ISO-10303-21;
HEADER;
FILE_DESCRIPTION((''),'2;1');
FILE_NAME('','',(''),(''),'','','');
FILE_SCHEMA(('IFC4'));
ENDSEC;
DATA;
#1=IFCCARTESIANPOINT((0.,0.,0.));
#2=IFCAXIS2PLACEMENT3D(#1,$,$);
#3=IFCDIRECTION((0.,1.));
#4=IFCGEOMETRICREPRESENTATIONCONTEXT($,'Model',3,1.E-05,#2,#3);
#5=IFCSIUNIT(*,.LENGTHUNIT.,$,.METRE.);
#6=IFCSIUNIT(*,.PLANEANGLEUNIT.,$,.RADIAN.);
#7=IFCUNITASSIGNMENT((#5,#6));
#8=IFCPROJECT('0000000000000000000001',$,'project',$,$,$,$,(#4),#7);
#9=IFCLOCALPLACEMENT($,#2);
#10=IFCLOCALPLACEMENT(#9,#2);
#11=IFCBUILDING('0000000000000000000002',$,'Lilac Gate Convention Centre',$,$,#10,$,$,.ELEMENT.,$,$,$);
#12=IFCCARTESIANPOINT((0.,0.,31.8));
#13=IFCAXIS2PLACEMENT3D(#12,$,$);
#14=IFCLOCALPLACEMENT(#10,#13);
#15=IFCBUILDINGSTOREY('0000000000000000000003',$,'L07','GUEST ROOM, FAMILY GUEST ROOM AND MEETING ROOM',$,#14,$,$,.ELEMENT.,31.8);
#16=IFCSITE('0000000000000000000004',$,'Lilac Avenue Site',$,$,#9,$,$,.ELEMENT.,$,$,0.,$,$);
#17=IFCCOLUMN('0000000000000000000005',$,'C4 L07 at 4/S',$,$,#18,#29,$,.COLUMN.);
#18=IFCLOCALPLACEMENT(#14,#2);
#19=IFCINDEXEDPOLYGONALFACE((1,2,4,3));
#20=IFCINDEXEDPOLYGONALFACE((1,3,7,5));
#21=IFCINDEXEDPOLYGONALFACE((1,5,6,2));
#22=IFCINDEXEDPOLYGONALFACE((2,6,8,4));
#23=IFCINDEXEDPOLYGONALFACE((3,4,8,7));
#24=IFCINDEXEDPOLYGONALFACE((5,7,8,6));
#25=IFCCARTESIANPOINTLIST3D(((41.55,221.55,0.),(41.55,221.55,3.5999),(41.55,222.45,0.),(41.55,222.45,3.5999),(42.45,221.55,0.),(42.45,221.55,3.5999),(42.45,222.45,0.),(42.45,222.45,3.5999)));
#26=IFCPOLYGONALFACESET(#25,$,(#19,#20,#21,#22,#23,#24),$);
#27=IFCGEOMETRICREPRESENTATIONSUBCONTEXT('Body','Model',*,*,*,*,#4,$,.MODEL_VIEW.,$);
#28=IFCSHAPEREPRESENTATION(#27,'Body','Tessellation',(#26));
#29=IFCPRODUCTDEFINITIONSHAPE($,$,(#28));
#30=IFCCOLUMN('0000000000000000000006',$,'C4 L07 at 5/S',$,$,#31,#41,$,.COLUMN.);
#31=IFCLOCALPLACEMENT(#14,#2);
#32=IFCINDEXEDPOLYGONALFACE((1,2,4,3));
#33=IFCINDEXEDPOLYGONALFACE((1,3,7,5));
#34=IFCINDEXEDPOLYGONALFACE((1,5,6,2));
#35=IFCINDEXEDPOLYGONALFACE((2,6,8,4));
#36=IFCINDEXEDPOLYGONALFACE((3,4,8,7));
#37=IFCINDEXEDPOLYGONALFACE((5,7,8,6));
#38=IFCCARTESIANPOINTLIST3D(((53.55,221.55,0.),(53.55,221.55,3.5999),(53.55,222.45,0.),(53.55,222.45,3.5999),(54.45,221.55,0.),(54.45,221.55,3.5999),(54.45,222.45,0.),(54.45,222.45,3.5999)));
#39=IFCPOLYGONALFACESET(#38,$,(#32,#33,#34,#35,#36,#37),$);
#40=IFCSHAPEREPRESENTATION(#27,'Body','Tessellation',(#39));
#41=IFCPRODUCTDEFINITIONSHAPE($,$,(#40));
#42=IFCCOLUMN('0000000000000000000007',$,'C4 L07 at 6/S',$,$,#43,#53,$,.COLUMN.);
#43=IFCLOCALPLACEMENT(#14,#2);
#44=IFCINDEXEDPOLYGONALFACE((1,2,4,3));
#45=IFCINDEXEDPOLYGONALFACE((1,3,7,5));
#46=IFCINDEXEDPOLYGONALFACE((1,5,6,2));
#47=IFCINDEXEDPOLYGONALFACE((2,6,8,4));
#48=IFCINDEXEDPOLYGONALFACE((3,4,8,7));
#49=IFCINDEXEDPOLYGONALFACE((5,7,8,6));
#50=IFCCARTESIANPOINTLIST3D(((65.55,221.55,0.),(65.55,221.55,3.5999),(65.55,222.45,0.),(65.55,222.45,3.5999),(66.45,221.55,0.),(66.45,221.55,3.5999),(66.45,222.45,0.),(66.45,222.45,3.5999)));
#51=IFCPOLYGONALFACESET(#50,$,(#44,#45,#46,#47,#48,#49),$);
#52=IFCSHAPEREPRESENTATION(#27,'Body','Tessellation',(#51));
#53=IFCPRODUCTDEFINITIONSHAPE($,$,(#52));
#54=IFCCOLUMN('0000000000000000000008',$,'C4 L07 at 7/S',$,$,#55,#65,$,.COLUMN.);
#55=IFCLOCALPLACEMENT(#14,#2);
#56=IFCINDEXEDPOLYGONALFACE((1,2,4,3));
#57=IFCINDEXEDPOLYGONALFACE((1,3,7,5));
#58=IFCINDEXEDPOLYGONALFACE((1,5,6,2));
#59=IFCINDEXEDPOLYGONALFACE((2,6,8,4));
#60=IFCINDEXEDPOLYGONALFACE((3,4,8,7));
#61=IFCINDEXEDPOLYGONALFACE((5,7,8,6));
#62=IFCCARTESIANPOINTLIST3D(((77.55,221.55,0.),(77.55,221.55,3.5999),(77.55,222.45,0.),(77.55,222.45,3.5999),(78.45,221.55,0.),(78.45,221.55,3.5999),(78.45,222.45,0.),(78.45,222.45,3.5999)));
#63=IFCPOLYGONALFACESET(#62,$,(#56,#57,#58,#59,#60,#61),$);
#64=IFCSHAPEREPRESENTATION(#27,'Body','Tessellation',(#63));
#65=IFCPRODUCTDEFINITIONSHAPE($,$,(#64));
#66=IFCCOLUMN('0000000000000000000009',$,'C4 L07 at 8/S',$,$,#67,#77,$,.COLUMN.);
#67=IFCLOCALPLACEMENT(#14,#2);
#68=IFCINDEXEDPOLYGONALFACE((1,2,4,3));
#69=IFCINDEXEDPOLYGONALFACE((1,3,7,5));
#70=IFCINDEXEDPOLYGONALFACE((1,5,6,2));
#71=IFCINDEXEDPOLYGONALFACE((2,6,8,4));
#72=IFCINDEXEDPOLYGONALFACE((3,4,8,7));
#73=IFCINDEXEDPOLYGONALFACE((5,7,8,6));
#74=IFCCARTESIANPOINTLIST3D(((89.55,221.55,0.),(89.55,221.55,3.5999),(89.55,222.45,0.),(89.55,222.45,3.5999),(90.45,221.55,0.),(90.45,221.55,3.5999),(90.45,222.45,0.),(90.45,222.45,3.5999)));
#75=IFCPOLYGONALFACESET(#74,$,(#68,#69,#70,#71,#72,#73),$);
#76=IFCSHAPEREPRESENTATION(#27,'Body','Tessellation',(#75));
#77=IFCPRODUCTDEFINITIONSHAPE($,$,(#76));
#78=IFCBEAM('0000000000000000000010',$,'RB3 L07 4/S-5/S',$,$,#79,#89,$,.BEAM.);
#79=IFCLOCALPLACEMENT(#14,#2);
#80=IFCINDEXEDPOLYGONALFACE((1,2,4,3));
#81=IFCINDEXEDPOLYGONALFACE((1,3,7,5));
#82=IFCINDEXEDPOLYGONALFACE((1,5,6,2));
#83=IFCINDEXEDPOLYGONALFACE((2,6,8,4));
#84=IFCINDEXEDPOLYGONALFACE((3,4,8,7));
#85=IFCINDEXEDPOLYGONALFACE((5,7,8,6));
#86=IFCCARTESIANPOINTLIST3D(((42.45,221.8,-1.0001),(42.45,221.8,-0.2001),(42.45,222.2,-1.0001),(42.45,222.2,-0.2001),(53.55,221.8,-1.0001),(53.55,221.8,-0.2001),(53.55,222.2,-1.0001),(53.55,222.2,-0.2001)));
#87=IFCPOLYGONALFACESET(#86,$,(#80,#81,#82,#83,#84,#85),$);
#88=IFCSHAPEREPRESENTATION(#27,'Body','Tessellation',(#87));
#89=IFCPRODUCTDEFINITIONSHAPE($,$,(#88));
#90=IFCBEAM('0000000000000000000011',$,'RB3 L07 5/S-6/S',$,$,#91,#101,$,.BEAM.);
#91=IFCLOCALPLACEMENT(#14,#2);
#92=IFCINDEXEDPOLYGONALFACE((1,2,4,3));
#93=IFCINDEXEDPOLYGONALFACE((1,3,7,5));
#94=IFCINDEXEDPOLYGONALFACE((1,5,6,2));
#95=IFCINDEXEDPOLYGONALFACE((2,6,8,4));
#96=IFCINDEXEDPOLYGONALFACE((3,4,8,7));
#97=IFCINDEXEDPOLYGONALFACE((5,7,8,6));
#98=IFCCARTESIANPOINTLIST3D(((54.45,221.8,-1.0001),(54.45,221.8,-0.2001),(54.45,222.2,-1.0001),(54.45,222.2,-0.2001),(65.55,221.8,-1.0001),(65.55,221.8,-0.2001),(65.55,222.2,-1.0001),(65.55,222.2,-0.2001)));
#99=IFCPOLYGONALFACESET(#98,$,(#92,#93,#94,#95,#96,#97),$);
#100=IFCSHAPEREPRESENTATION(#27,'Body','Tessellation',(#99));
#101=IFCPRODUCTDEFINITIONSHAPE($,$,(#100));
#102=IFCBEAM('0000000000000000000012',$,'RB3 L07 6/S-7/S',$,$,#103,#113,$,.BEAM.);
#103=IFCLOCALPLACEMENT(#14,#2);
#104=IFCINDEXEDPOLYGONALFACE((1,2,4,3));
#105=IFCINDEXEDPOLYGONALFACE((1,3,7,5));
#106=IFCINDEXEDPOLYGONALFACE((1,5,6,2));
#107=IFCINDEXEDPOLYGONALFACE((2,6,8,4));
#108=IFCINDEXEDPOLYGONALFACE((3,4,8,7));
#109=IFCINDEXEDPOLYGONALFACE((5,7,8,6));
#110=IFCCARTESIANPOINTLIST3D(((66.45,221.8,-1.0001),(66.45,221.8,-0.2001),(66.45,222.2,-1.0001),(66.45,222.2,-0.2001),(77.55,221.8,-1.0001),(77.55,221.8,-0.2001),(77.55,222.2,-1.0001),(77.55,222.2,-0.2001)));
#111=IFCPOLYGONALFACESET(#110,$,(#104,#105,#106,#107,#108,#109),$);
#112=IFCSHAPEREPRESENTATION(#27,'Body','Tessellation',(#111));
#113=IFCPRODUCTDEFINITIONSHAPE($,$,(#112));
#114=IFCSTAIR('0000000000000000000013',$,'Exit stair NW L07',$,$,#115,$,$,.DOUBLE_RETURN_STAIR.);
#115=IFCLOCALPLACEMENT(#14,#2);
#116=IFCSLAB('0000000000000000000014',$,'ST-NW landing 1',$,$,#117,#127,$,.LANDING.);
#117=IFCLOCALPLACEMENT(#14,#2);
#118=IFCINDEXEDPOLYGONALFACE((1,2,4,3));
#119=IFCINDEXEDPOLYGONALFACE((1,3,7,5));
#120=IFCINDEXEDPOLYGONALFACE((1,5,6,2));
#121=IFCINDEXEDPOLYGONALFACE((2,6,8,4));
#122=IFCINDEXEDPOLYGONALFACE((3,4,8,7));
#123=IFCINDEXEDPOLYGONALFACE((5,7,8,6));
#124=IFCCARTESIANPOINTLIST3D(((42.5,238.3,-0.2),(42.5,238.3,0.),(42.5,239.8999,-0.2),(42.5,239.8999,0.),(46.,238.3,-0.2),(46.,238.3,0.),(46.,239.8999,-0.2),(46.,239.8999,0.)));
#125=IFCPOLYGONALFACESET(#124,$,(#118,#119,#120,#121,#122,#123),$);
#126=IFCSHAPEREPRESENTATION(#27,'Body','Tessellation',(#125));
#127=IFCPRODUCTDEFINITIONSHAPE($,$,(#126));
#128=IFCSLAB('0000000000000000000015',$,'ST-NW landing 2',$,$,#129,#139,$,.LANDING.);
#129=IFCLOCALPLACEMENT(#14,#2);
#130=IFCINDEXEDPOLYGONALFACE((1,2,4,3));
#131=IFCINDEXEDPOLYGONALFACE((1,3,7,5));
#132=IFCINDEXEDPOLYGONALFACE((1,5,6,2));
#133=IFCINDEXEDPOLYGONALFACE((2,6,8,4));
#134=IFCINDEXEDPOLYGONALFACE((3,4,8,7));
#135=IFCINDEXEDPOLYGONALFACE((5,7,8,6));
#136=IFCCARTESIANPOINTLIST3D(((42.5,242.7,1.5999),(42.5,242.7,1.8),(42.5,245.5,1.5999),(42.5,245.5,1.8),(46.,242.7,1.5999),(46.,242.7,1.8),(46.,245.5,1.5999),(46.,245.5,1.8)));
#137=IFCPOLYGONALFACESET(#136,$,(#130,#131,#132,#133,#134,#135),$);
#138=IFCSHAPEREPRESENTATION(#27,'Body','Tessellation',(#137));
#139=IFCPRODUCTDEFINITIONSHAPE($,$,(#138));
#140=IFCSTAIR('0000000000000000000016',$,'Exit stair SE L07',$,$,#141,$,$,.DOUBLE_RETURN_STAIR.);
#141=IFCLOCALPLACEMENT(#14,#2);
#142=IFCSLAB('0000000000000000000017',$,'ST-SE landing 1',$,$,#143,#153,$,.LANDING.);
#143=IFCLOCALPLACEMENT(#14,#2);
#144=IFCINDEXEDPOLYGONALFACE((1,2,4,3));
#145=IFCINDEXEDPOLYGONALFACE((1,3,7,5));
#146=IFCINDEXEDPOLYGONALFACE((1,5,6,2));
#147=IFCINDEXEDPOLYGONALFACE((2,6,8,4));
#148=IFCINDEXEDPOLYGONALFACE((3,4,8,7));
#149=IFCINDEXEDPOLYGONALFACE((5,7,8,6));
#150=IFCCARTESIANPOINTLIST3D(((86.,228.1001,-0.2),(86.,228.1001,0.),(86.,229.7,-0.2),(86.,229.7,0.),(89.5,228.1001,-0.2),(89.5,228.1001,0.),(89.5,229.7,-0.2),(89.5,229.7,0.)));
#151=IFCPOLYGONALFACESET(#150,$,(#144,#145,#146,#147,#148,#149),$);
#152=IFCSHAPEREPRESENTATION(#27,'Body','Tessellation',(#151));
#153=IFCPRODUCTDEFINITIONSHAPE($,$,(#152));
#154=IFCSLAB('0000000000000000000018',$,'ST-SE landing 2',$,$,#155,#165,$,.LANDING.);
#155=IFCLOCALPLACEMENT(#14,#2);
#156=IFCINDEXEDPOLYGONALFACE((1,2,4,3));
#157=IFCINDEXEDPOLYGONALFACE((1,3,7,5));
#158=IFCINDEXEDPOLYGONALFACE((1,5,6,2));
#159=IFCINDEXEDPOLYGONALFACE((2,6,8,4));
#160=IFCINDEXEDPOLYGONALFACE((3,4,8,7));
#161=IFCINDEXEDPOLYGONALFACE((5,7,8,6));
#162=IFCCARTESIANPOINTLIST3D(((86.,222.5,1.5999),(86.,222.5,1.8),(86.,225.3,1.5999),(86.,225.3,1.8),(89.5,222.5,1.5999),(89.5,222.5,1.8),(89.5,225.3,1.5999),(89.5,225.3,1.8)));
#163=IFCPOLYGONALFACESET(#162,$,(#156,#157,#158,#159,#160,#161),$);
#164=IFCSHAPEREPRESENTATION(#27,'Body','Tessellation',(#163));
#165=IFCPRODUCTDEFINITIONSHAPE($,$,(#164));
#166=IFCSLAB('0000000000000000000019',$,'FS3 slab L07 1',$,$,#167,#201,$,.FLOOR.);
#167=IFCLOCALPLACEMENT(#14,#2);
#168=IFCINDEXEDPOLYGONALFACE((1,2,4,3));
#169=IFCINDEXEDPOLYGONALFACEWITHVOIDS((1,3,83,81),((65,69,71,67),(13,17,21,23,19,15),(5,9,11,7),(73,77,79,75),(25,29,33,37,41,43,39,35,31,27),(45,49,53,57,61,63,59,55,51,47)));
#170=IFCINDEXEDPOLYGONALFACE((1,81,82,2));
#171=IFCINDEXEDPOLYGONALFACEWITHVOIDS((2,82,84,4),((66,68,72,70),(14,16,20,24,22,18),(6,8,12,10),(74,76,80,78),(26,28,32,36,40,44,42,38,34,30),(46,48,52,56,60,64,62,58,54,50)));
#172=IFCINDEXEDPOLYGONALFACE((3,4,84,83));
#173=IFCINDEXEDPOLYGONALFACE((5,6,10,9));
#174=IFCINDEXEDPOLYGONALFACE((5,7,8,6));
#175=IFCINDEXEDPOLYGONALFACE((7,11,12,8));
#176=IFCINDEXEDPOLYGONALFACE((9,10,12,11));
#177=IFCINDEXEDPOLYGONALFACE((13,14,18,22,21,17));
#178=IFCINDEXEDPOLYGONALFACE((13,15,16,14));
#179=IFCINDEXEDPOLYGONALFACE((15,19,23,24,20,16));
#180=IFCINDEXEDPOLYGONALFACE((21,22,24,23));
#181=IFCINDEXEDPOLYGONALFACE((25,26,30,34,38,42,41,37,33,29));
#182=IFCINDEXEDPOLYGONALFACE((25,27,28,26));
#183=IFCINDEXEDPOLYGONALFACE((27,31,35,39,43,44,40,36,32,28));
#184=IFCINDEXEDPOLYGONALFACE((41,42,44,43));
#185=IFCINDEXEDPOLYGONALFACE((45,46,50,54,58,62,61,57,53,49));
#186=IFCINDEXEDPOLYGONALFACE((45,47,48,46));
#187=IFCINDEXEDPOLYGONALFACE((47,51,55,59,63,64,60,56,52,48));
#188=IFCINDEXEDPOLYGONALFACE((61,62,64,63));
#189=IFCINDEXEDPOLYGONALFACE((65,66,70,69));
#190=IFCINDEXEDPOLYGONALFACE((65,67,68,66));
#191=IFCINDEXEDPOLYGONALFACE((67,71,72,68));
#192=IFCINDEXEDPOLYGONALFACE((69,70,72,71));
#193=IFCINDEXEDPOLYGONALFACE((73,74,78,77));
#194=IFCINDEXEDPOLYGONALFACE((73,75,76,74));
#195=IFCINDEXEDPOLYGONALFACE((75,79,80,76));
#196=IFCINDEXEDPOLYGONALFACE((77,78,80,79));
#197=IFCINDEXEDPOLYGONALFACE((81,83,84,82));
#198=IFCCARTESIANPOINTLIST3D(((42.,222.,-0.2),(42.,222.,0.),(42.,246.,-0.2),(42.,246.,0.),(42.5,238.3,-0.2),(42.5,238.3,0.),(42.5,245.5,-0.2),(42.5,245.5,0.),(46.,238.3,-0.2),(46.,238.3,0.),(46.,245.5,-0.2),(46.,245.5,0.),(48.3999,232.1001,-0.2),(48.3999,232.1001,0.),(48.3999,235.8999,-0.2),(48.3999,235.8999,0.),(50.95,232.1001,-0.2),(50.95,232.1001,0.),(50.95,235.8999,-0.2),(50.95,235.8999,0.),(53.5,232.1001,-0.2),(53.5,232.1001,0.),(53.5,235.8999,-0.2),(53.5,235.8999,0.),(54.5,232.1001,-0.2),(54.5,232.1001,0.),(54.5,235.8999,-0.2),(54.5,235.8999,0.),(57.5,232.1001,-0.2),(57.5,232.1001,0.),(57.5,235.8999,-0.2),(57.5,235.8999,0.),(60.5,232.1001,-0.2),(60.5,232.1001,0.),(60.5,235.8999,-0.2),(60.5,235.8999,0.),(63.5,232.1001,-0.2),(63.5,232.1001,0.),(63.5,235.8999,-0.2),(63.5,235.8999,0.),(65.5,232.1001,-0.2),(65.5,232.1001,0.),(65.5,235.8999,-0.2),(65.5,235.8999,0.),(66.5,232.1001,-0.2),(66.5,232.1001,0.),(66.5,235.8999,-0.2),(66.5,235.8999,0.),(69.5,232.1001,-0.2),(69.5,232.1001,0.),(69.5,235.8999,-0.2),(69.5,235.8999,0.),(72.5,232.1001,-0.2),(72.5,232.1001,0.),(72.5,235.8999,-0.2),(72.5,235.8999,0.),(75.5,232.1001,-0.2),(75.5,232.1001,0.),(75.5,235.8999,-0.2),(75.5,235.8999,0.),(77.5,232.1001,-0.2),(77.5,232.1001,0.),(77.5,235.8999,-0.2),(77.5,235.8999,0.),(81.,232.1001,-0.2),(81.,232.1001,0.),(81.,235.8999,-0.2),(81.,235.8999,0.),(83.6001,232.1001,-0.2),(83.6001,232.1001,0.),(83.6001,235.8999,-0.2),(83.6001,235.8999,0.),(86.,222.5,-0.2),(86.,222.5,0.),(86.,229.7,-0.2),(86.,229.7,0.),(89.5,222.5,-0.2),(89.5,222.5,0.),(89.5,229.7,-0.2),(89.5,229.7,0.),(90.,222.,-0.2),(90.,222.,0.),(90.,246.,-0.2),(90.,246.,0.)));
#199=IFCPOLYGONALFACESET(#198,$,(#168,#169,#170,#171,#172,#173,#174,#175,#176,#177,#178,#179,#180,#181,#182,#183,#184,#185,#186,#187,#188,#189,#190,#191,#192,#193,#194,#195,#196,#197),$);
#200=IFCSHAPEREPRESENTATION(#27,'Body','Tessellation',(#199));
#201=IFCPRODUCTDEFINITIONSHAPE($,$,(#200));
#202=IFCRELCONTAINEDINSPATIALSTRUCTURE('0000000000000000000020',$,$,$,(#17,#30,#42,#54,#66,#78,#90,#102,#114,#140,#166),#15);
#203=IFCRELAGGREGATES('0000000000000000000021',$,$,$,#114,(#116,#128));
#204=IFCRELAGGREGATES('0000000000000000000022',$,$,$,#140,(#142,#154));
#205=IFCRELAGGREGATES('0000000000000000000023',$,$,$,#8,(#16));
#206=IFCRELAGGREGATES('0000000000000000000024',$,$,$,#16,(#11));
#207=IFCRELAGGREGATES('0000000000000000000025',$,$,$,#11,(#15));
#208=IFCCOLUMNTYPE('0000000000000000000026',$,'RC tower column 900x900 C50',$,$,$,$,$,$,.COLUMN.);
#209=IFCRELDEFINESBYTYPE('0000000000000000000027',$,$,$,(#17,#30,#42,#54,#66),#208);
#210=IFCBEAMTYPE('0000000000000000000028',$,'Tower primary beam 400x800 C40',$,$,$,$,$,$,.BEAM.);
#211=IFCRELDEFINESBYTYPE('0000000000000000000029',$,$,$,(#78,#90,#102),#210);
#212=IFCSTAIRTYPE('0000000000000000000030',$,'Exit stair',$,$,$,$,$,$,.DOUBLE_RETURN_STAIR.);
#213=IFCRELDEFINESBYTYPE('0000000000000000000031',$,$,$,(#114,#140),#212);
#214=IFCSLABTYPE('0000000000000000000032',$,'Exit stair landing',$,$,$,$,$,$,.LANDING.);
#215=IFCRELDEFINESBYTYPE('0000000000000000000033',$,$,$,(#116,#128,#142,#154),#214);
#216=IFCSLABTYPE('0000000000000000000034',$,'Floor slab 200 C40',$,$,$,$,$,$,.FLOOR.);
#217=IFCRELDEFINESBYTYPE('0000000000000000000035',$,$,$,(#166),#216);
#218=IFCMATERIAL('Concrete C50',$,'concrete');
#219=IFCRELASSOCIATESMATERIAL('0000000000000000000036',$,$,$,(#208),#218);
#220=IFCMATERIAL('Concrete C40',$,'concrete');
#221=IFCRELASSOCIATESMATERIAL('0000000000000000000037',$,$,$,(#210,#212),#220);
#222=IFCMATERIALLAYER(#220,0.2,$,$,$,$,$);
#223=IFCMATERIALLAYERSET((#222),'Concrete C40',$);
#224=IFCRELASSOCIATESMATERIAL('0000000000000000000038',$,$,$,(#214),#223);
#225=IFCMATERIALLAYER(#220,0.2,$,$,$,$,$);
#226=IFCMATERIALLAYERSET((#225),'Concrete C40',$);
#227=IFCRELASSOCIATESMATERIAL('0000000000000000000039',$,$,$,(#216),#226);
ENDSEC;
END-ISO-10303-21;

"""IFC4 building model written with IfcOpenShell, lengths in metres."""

from ifc_helpers import new_model, si_unit, direction, frame, origin, origin_2d, place, context, subcontext, project, spatial, polyline, rectangle, outline, extrude, material, layer, layer_set, material_profile, profile_set, type_object, element, aggregate, save


model = new_model("IFC4")

# Units and contexts
model_context = context("Model", 3, precision=1e-05, world=origin(), true_north=direction((0.0, 1.0)))
body_context = subcontext(model_context, "Body", "Model", "MODEL_VIEW")
ifc_project = project(units=[si_unit("LENGTHUNIT", "METRE"), si_unit("PLANEANGLEUNIT", "RADIAN")], contexts=[model_context])

# Site, building, storey
site_placement = place(None, origin())
site = spatial("IfcSite", under=ifc_project, at=site_placement, Name="Lilac Avenue Site", CompositionType="ELEMENT", RefElevation=0.0)
building_placement = place(site_placement, origin())
building = spatial("IfcBuilding", under=site, at=building_placement, Name="Lilac Gate Convention Centre", CompositionType="ELEMENT")
storey_placement = place(building_placement, frame((0.0, 0.0, 31.8)))
storey = spatial("IfcBuildingStorey", under=building, at=storey_placement, Name="L07", Description="GUEST ROOM, FAMILY GUEST ROOM AND MEETING ROOM", CompositionType="ELEMENT", Elevation=31.8)

# Columns
ifc_material_1 = material(Name="Concrete C50", Category="concrete")
ifc_material_profile_1 = material_profile(ifc_material_1, rectangle(XDim=0.8999, YDim=0.8999, at=origin_2d()), Name="RC 900x900")
ifc_profile_set_1 = profile_set([ifc_material_profile_1], Name="Concrete C50")
column_type = type_object("IfcColumnType", Name="RC tower column 900x900 C50", PredefinedType="COLUMN", material=ifc_profile_set_1)
for number, where, z_axis, x_axis, name in (
    (1, (42.0, 222.0, 0.0), (0.0, 0.0, 1.0), (1.0, 0.0, 0.0), "C4 L07 at 4/S"),
    (2, (54.0, 222.0, 0.0), (0.0, 0.0, 1.0), (1.0, 0.0, 0.0), "C4 L07 at 5/S"),
    (3, (66.0, 222.0, 0.0), (0.0, 0.0, 1.0), (1.0, 0.0, 0.0), "C4 L07 at 6/S"),
    (4, (78.0, 222.0, 0.0), (0.0, 0.0, 1.0), (1.0, 0.0, 0.0), "C4 L07 at 7/S"),
    (5, (90.0, 222.0, 0.0), (0.0, 0.0, 1.0), (1.0, 0.0, 0.0), "C4 L07 at 8/S"),
):
    element("IfcColumn", number, at=place(storey_placement, frame(where, z_axis=z_axis, x_axis=x_axis)), inside=storey, type_object=column_type, Name=name, PredefinedType="COLUMN", context=body_context, shape_type="SweptSolid", body=[
        extrude(rectangle(XDim=0.8999, YDim=0.8999, at=origin_2d()), origin(), (0.0, 0.0, 1.0), 3.5999),
    ])

# Beams
ifc_material_2 = material(Name="Concrete C40", Category="concrete")
ifc_material_profile_2 = material_profile(ifc_material_2, rectangle(XDim=0.3999, YDim=0.8, at=origin_2d()), Name="RC 400x800")
ifc_profile_set_2 = profile_set([ifc_material_profile_2], Name="Concrete C40")
beam_type = type_object("IfcBeamType", Name="Tower primary beam 400x800 C40", PredefinedType="BEAM", material=ifc_profile_set_2)
for number, where, z_axis, x_axis, name in (
    (6, (42.45, 222.0, -0.6001), (1.0, 0.0, 0.0), (0.0, 1.0, 0.0), "RB3 L07 4/S-5/S"),
    (7, (54.45, 222.0, -0.6001), (1.0, 0.0, 0.0), (0.0, 1.0, 0.0), "RB3 L07 5/S-6/S"),
    (8, (66.45, 222.0, -0.6001), (1.0, 0.0, 0.0), (0.0, 1.0, 0.0), "RB3 L07 6/S-7/S"),
):
    element("IfcBeam", number, at=place(storey_placement, frame(where, z_axis=z_axis, x_axis=x_axis)), inside=storey, type_object=beam_type, Name=name, PredefinedType="BEAM", context=body_context, shape_type="SweptSolid", body=[
        extrude(rectangle(XDim=0.3999, YDim=0.8, at=origin_2d()), origin(), (0.0, 0.0, 1.0), 11.1001),
    ])

# Stairs, slabs
stair_type = type_object("IfcStairType", Name="Exit stair", PredefinedType="DOUBLE_RETURN_STAIR", material=ifc_material_2)
stair_1_placement = place(storey_placement, origin())
stair_1 = element("IfcStair", 9, at=stair_1_placement, inside=storey, type_object=stair_type, Name="Exit stair NW L07", PredefinedType="DOUBLE_RETURN_STAIR")
ifc_layer_1 = layer(ifc_material_2, 0.2)
ifc_layer_set_1 = layer_set([ifc_layer_1], Name="Concrete C40")
slab_type_1 = type_object("IfcSlabType", Name="Exit stair landing", PredefinedType="LANDING", material=ifc_layer_set_1)
slab_1_placement = place(storey_placement, frame((0.0, 0.0, -0.2)))
slab_1 = element("IfcSlab", 10, at=slab_1_placement, type_object=slab_type_1, Name="ST-NW landing 1", PredefinedType="LANDING", context=body_context, shape_type="SweptSolid", body=[
    extrude(outline(polyline([(42.5, 238.3), (46.0, 238.3), (46.0, 239.8999), (42.5, 239.8999), (42.5, 238.3)])), origin(), (0.0, 0.0, 1.0), 0.2),
])
slab_2_placement = place(storey_placement, frame((0.0, 0.0, 1.5999)))
slab_2 = element("IfcSlab", 11, at=slab_2_placement, type_object=slab_type_1, Name="ST-NW landing 2", PredefinedType="LANDING", context=body_context, shape_type="SweptSolid", body=[
    extrude(outline(polyline([(42.5, 242.7), (46.0, 242.7), (46.0, 245.5), (42.5, 245.5), (42.5, 242.7)])), origin(), (0.0, 0.0, 1.0), 0.2002),
])
aggregate(stair_1, [slab_1, slab_2])
stair_2_placement = place(storey_placement, origin())
stair_2 = element("IfcStair", 12, at=stair_2_placement, inside=storey, type_object=stair_type, Name="Exit stair SE L07", PredefinedType="DOUBLE_RETURN_STAIR")
slab_3_placement = place(storey_placement, frame((0.0, 0.0, -0.2)))
slab_3 = element("IfcSlab", 13, at=slab_3_placement, type_object=slab_type_1, Name="ST-SE landing 1", PredefinedType="LANDING", context=body_context, shape_type="SweptSolid", body=[
    extrude(outline(polyline([(86.0, 228.1001), (89.5, 228.1001), (89.5, 229.7), (86.0, 229.7), (86.0, 228.1001)])), origin(), (0.0, 0.0, 1.0), 0.2),
])
slab_4_placement = place(storey_placement, frame((0.0, 0.0, 1.5999)))
slab_4 = element("IfcSlab", 14, at=slab_4_placement, type_object=slab_type_1, Name="ST-SE landing 2", PredefinedType="LANDING", context=body_context, shape_type="SweptSolid", body=[
    extrude(outline(polyline([(86.0, 222.5), (89.5, 222.5), (89.5, 225.3), (86.0, 225.3), (86.0, 222.5)])), origin(), (0.0, 0.0, 1.0), 0.2002),
])
aggregate(stair_2, [slab_3, slab_4])

# Slab
ifc_layer_2 = layer(ifc_material_2, 0.2)
ifc_layer_set_2 = layer_set([ifc_layer_2], Name="Concrete C40")
slab_type_2 = type_object("IfcSlabType", Name="Floor slab 200 C40", PredefinedType="FLOOR", material=ifc_layer_set_2)
slab_5_placement = place(storey_placement, frame((0.0, 0.0, -0.2)))
element("IfcSlab", 15, at=slab_5_placement, inside=storey, type_object=slab_type_2, Name="FS3 slab L07 1", PredefinedType="FLOOR", context=body_context, shape_type="SweptSolid", body=[
    extrude(outline(polyline([(42.0, 222.0), (42.0, 246.0), (90.0, 246.0), (90.0, 222.0), (42.0, 222.0)]), holes=[polyline([(48.3999, 235.8999), (48.3999, 232.1001), (50.95, 232.1001), (53.5, 232.1001), (53.5, 235.8999), (50.95, 235.8999), (48.3999, 235.8999)]), polyline([(57.5, 235.8999), (54.5, 235.8999), (54.5, 232.1001), (57.5, 232.1001), (60.5, 232.1001), (63.5, 232.1001), (65.5, 232.1001), (65.5, 235.8999), (63.5, 235.8999), (60.5, 235.8999), (57.5, 235.8999)]), polyline([(42.5, 245.5), (42.5, 238.3), (46.0, 238.3), (46.0, 245.5), (42.5, 245.5)]), polyline([(89.5, 229.7), (86.0, 229.7), (86.0, 222.5), (89.5, 222.5), (89.5, 229.7)]), polyline([(69.5, 235.8999), (66.5, 235.8999), (66.5, 232.1001), (69.5, 232.1001), (72.5, 232.1001), (75.5, 232.1001), (77.5, 232.1001), (77.5, 235.8999), (75.5, 235.8999), (72.5, 235.8999), (69.5, 235.8999)]), polyline([(83.6001, 235.8999), (81.0, 235.8999), (81.0, 232.1001), (83.6001, 232.1001), (83.6001, 235.8999)])]), origin(), (0.0, 0.0, 1.0), 0.2),
])

save(model, "model.ifc")
